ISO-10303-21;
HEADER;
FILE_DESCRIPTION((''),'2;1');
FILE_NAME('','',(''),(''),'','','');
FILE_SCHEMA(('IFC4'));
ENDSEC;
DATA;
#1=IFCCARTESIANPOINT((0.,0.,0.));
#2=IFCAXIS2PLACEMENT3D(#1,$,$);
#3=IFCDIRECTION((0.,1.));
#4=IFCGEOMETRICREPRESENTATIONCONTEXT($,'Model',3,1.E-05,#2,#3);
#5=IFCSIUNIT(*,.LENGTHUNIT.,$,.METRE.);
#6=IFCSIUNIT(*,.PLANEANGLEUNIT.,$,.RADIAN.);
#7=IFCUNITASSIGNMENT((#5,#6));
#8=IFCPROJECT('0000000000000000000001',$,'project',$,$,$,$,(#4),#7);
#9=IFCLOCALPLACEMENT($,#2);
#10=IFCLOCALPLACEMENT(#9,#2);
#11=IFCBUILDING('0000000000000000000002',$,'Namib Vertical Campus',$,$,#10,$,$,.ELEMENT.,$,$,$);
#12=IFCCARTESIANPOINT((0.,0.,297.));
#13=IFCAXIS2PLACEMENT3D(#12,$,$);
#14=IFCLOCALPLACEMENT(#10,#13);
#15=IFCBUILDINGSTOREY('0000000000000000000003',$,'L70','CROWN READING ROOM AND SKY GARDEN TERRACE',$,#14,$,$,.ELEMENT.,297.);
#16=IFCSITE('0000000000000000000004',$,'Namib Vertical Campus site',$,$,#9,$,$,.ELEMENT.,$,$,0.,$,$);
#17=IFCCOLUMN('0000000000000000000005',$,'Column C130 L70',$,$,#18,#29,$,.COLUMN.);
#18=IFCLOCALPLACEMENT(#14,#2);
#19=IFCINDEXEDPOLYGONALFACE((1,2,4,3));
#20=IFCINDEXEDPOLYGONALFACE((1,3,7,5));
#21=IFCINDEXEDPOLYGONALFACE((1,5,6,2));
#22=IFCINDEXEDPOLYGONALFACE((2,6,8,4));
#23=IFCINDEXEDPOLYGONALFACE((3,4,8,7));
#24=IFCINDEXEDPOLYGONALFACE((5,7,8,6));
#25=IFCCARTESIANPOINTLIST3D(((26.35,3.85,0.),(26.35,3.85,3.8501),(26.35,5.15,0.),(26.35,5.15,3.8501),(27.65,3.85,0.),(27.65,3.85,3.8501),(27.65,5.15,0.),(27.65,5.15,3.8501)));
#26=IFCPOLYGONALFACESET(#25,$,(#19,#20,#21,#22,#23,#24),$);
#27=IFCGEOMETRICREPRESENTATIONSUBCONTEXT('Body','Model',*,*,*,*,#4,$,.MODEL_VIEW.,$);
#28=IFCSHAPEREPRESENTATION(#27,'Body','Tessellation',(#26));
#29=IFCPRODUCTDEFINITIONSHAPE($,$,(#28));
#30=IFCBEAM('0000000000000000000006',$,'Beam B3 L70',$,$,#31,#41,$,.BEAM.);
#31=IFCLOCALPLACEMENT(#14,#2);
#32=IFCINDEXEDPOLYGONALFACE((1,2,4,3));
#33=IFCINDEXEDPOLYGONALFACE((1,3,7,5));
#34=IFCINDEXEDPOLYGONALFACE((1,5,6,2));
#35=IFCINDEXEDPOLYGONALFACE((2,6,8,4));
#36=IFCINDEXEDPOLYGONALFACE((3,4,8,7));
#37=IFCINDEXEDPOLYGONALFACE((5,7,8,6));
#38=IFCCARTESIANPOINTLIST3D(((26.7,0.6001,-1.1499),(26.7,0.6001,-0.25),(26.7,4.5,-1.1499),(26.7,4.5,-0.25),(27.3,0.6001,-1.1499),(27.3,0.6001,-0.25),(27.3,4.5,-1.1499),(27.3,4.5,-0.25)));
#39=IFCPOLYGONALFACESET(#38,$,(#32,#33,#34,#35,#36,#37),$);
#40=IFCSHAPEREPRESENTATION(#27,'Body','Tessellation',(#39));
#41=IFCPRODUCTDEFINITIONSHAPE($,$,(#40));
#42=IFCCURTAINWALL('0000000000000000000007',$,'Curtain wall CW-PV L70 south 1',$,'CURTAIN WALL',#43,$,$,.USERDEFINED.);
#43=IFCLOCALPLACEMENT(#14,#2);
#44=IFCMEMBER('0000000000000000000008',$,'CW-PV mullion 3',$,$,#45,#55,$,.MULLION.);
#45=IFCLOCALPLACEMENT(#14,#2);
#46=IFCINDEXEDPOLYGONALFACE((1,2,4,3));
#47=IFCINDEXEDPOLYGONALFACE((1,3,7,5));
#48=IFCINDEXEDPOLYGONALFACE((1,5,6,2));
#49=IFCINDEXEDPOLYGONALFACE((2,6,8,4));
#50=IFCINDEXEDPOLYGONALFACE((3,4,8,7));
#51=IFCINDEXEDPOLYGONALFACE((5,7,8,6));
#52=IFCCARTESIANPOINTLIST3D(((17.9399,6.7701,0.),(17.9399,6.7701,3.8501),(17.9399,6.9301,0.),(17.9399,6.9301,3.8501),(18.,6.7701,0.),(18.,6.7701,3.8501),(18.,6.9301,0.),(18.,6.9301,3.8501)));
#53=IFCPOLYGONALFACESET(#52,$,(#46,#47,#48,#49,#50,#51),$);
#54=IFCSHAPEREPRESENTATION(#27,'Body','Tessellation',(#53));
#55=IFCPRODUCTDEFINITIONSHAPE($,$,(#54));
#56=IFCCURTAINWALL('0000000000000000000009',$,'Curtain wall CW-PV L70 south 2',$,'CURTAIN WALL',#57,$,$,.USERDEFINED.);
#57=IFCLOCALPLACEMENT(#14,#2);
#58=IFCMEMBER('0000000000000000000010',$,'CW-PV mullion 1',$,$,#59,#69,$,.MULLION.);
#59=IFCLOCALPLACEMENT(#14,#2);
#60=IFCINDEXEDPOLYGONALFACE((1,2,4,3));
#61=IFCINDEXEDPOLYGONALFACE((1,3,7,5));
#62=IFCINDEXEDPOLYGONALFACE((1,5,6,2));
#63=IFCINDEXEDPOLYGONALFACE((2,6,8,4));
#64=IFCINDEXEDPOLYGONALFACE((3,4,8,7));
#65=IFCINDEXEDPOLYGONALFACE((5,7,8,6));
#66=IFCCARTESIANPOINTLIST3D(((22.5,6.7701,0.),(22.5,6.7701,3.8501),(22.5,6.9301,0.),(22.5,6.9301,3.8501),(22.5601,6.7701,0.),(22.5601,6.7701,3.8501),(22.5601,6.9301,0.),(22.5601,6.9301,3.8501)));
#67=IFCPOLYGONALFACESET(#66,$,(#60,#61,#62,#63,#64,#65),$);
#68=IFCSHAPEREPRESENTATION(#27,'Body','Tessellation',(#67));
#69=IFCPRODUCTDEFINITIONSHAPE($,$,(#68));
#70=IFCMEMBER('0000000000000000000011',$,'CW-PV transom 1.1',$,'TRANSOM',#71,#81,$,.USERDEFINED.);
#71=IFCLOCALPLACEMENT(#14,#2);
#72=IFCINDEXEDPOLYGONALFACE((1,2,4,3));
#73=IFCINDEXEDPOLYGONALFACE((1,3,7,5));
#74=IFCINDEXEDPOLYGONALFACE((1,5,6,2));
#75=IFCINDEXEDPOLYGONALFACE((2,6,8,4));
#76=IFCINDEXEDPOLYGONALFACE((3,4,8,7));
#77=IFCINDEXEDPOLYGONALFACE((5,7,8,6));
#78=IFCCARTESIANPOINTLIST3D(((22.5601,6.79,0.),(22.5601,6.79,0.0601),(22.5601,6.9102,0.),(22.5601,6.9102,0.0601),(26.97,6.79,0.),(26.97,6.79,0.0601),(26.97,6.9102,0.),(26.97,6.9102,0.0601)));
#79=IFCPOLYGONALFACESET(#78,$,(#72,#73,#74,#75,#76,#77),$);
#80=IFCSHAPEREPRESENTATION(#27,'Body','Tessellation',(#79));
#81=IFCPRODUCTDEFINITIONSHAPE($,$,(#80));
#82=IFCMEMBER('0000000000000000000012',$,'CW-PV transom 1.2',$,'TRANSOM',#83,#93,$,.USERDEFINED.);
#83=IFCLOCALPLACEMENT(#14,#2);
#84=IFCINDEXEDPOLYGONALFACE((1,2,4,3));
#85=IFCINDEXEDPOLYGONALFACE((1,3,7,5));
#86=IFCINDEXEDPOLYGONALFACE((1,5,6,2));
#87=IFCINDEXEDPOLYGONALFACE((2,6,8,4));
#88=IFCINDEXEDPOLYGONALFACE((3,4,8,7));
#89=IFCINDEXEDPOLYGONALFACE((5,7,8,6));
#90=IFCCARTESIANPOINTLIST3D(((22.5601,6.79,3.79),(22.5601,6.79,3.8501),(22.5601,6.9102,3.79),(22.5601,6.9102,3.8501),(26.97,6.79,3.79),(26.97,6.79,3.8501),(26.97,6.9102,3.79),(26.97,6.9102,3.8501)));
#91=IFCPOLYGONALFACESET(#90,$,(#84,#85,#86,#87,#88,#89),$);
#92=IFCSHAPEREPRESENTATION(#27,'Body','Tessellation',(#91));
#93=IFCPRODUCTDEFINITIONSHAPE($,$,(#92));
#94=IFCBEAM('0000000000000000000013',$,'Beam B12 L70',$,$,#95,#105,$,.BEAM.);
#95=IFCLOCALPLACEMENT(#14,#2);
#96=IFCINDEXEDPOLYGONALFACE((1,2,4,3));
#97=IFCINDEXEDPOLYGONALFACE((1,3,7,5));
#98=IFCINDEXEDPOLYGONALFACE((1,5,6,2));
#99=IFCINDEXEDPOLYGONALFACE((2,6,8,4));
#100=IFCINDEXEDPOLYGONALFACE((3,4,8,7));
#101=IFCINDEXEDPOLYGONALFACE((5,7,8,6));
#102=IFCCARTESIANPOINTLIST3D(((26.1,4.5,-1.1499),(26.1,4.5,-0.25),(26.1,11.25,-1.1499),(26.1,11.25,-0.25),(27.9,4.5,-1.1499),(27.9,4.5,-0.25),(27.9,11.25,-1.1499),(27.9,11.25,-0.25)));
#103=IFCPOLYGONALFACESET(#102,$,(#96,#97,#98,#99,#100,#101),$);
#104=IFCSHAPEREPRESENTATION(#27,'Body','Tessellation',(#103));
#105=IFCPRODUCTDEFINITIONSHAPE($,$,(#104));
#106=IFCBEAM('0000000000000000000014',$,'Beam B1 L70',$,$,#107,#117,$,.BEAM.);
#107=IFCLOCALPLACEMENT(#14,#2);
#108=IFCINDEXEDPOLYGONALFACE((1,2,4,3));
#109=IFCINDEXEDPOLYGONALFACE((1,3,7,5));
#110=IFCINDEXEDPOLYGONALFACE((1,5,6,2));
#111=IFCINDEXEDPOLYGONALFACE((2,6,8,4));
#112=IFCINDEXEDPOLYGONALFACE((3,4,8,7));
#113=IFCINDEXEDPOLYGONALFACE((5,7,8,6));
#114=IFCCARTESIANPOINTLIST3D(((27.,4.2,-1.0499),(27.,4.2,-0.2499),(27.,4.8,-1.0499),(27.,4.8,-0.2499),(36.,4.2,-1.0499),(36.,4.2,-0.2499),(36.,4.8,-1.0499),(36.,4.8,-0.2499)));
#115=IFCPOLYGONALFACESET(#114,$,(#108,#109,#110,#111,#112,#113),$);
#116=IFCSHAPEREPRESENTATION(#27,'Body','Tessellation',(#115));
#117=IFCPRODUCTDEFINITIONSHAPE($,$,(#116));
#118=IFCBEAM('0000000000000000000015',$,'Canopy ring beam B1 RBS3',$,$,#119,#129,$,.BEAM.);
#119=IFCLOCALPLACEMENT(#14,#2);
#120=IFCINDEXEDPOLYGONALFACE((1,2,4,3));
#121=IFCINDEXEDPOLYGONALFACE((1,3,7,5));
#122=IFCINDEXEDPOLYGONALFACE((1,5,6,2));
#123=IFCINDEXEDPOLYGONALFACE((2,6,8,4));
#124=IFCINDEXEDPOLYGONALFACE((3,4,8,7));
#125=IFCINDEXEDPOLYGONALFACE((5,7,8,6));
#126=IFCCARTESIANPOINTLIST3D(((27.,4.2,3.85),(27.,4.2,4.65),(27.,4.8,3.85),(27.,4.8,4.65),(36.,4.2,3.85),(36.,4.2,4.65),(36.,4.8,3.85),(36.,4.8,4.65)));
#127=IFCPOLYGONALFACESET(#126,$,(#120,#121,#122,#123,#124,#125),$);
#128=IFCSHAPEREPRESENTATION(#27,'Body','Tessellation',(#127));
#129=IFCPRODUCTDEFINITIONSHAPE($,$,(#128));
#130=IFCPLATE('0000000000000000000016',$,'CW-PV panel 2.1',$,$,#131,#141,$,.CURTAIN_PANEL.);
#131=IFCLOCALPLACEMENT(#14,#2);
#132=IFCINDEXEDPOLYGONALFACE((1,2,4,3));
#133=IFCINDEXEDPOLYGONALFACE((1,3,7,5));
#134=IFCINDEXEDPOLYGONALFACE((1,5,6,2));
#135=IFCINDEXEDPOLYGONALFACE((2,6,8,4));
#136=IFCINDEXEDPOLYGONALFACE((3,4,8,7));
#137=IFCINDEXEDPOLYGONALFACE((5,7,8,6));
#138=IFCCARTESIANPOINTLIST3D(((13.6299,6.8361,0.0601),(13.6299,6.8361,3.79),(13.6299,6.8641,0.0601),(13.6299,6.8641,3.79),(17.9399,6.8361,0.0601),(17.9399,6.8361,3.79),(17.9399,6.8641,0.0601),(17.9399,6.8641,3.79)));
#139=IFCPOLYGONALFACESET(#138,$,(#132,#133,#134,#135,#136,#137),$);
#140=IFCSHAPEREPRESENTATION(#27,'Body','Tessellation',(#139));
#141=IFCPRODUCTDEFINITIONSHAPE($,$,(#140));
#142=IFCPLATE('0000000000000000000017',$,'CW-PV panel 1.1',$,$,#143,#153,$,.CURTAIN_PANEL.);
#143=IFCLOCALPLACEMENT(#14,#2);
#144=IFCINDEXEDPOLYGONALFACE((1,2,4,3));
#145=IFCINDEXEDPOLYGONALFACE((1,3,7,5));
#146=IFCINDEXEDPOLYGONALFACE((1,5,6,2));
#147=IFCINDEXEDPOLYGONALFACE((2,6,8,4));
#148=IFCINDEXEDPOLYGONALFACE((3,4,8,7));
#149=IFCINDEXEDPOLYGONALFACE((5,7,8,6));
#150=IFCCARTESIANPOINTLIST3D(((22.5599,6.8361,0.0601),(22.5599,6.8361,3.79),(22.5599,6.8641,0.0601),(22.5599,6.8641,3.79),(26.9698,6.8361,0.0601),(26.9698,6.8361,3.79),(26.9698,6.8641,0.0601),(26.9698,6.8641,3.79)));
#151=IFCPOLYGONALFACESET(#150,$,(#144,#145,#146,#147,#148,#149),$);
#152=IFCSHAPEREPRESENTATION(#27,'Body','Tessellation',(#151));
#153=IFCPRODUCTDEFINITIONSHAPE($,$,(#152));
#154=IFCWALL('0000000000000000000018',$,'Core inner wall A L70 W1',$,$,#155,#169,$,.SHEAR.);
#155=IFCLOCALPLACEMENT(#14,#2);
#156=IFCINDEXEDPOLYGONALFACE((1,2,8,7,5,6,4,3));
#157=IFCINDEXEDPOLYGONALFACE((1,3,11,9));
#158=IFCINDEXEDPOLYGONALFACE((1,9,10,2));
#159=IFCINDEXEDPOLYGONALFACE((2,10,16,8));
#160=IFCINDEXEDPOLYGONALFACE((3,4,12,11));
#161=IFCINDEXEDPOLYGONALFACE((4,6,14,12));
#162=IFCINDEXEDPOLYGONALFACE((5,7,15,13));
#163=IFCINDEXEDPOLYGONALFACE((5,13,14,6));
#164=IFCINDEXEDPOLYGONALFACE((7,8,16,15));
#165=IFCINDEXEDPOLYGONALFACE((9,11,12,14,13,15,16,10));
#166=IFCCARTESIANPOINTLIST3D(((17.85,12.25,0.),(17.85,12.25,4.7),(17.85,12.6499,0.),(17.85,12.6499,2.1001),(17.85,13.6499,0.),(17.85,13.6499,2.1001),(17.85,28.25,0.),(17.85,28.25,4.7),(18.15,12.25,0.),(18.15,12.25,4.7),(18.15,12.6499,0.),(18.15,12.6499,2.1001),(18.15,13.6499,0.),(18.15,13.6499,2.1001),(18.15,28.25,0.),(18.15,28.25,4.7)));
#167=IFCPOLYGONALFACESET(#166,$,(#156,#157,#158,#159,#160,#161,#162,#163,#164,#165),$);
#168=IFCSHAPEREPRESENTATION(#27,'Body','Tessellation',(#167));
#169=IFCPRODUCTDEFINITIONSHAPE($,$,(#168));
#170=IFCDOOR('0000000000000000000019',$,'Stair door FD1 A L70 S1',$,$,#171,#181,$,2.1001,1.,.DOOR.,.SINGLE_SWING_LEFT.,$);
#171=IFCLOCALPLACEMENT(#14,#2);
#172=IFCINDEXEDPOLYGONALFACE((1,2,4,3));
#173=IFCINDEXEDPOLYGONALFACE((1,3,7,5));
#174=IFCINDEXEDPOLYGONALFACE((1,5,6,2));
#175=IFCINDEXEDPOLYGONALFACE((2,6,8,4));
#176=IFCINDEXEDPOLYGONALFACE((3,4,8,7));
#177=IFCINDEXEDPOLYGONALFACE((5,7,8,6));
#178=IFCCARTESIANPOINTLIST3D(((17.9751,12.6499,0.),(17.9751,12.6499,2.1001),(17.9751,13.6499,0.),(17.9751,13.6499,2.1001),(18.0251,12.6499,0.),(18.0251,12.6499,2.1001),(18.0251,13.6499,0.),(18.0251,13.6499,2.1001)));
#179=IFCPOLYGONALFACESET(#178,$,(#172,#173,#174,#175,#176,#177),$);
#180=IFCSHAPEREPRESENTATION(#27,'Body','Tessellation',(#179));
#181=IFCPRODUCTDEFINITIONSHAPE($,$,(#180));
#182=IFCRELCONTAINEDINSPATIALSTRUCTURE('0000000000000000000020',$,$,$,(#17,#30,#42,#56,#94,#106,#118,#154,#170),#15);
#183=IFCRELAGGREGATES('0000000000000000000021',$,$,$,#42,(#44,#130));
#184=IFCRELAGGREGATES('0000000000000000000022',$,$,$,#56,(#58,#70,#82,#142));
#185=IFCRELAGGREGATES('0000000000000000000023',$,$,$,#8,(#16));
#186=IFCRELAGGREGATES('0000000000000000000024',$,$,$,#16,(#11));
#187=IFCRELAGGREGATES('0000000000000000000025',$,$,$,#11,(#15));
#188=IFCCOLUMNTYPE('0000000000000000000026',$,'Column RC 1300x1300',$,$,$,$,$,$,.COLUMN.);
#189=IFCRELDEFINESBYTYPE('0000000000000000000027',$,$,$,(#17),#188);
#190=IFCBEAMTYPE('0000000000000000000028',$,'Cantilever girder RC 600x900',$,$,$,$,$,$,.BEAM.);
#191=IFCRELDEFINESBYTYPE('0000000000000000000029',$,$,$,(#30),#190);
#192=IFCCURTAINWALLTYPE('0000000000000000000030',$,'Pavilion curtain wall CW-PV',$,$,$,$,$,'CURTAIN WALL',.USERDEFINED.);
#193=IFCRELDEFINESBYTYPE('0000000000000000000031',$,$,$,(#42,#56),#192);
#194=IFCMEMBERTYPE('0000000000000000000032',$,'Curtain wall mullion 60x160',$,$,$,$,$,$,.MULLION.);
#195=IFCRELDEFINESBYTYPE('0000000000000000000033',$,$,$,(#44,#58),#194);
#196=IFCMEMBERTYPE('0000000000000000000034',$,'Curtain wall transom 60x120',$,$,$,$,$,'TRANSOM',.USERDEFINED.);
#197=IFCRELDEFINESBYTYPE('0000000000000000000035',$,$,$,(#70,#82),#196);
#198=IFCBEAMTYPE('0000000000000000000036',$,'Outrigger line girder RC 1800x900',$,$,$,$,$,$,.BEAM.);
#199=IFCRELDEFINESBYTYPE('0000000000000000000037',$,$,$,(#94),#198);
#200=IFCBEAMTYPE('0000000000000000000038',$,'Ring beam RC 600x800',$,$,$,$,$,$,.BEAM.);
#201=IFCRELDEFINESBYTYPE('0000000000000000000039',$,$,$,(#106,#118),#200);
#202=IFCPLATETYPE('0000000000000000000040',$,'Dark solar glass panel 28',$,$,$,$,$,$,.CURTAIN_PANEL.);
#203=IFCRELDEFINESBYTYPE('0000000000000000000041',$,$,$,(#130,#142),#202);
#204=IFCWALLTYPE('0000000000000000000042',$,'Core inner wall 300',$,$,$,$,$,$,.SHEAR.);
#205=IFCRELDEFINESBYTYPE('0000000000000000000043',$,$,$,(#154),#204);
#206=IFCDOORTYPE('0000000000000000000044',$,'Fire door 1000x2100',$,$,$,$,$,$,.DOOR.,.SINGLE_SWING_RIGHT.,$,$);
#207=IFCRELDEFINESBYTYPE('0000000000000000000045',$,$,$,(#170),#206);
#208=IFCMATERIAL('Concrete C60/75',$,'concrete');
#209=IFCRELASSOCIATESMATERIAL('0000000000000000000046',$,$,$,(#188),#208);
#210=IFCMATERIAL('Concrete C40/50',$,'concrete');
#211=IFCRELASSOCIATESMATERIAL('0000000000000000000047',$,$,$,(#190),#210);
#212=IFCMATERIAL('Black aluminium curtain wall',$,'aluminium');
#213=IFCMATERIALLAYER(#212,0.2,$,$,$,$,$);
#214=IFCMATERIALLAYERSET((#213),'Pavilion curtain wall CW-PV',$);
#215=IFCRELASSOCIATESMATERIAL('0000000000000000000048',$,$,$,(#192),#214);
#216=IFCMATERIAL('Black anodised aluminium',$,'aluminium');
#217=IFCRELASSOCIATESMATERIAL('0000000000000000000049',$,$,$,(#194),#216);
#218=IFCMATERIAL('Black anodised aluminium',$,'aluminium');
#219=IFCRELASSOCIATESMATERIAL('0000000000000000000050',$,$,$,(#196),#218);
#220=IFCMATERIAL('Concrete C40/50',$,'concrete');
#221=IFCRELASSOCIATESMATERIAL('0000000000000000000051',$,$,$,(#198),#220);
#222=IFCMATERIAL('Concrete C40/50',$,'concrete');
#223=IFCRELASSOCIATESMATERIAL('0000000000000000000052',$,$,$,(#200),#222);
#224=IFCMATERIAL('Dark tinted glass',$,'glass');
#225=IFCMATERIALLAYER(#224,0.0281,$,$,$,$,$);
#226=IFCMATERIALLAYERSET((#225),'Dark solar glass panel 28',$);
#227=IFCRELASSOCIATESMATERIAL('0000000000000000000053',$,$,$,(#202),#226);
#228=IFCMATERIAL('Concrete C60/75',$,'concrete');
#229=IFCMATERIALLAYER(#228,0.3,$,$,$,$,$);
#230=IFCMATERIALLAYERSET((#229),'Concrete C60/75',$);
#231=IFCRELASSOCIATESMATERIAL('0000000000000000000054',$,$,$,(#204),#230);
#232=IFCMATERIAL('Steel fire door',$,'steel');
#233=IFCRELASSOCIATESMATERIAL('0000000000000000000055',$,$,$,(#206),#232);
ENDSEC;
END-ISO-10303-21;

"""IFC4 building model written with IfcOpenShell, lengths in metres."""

from ifc_helpers import new_model, si_unit, direction, frame, frame_2d, origin, origin_2d, place, context, subcontext, project, spatial, rectangle, extrude, material, layer, layer_set, material_profile, profile_set, type_object, element, fill, aggregate, save


model = new_model("IFC4")

# Units and contexts
model_context = context("Model", 3, precision=1e-05, world=origin(), true_north=direction((0.0, 1.0)))
body_context = subcontext(model_context, "Body", "Model", "MODEL_VIEW")
ifc_project = project(units=[si_unit("LENGTHUNIT", "METRE"), si_unit("PLANEANGLEUNIT", "RADIAN")], contexts=[model_context])

# Site, building, storey
site_placement = place(None, origin())
site = spatial("IfcSite", under=ifc_project, at=site_placement, Name="Namib Vertical Campus site", CompositionType="ELEMENT", RefElevation=0.0)
building_placement = place(site_placement, origin())
building = spatial("IfcBuilding", under=site, at=building_placement, Name="Namib Vertical Campus", CompositionType="ELEMENT")
storey_placement = place(building_placement, frame((0.0, 0.0, 297.0)))
storey = spatial("IfcBuildingStorey", under=building, at=storey_placement, Name="L70", Description="CROWN READING ROOM AND SKY GARDEN TERRACE", CompositionType="ELEMENT", Elevation=297.0)

# Column
ifc_material_1 = material(Name="Concrete C60/75", Category="concrete")
ifc_material_profile_1 = material_profile(ifc_material_1, rectangle(XDim=1.3, YDim=1.3, at=origin_2d()))
ifc_profile_set_1 = profile_set([ifc_material_profile_1], Name="Concrete C60/75")
column_type = type_object("IfcColumnType", Name="Column RC 1300x1300", PredefinedType="COLUMN", material=ifc_profile_set_1)
column_placement = place(storey_placement, frame((27.0, 4.5, 0.0), z_axis=(0.0, 0.0, 1.0), x_axis=(1.0, 0.0, 0.0)))
element("IfcColumn", 1, at=column_placement, inside=storey, type_object=column_type, Name="Column C130 L70", PredefinedType="COLUMN", context=body_context, shape_type="SweptSolid", body=[
    extrude(rectangle(XDim=1.3, YDim=1.3, at=origin_2d()), origin(), (0.0, 0.0, 1.0), 3.8501),
])

# Beam
ifc_material_2 = material(Name="Concrete C40/50", Category="concrete")
ifc_material_profile_2 = material_profile(ifc_material_2, rectangle(XDim=0.6001, YDim=0.8999, at=origin_2d()))
ifc_profile_set_2 = profile_set([ifc_material_profile_2], Name="Concrete C40/50")
beam_type_1 = type_object("IfcBeamType", Name="Cantilever girder RC 600x900", PredefinedType="BEAM", material=ifc_profile_set_2)
beam_1_placement = place(storey_placement, frame((27.0, 4.5, -0.7), z_axis=(0.0, -1.0, 0.0), x_axis=(1.0, 0.0, 0.0)))
element("IfcBeam", 2, at=beam_1_placement, inside=storey, type_object=beam_type_1, Name="Beam B3 L70", PredefinedType="BEAM", context=body_context, shape_type="SweptSolid", body=[
    extrude(rectangle(XDim=0.6001, YDim=0.8999, at=origin_2d()), origin(), (0.0, 0.0, 1.0), 3.8999),
])

# Curtain wall, member
ifc_material_3 = material(Name="Black aluminium curtain wall", Category="aluminium")
ifc_layer_1 = layer(ifc_material_3, 0.2)
ifc_layer_set_1 = layer_set([ifc_layer_1], Name="Pavilion curtain wall CW-PV")
curtain_wall_type = type_object("IfcCurtainWallType", Name="Pavilion curtain wall CW-PV", ElementType="CURTAIN WALL", PredefinedType="USERDEFINED", material=ifc_layer_set_1)
curtain_wall_1_placement = place(storey_placement, origin())
curtain_wall_1 = element("IfcCurtainWall", 3, at=curtain_wall_1_placement, inside=storey, type_object=curtain_wall_type, Name="Curtain wall CW-PV L70 south 1", ObjectType="CURTAIN WALL", PredefinedType="USERDEFINED")
ifc_material_4 = material(Name="Black anodised aluminium", Category="aluminium")
ifc_material_profile_3 = material_profile(ifc_material_4, rectangle(XDim=0.0601, YDim=0.1599, at=origin_2d()))
ifc_profile_set_3 = profile_set([ifc_material_profile_3], Name="Black anodised aluminium")
member_type_1 = type_object("IfcMemberType", Name="Curtain wall mullion 60x160", PredefinedType="MULLION", material=ifc_profile_set_3)
member_1_placement = place(storey_placement, frame((17.97, 6.8501, 0.0), z_axis=(0.0, 0.0, 1.0), x_axis=(1.0, 0.0, 0.0)))
member_1 = element("IfcMember", 4, at=member_1_placement, type_object=member_type_1, Name="CW-PV mullion 3", PredefinedType="MULLION", context=body_context, shape_type="SweptSolid", body=[
    extrude(rectangle(XDim=0.0601, YDim=0.1599, at=origin_2d()), origin(), (0.0, 0.0, 1.0), 3.8501),
])

# Curtain wall, members
curtain_wall_2_placement = place(storey_placement, origin())
curtain_wall_2 = element("IfcCurtainWall", 5, at=curtain_wall_2_placement, inside=storey, type_object=curtain_wall_type, Name="Curtain wall CW-PV L70 south 2", ObjectType="CURTAIN WALL", PredefinedType="USERDEFINED")
member_2_placement = place(storey_placement, frame((22.53, 6.8501, 0.0), z_axis=(0.0, 0.0, 1.0), x_axis=(1.0, 0.0, 0.0)))
member_2 = element("IfcMember", 6, at=member_2_placement, type_object=member_type_1, Name="CW-PV mullion 1", PredefinedType="MULLION", context=body_context, shape_type="SweptSolid", body=[
    extrude(rectangle(XDim=0.0601, YDim=0.1599, at=origin_2d()), origin(), (0.0, 0.0, 1.0), 3.8501),
])
ifc_material_5 = material(Name="Black anodised aluminium", Category="aluminium")
ifc_material_profile_4 = material_profile(ifc_material_5, rectangle(XDim=0.0601, YDim=0.1201, at=origin_2d()))
ifc_profile_set_4 = profile_set([ifc_material_profile_4], Name="Black anodised aluminium")
member_type_2 = type_object("IfcMemberType", Name="Curtain wall transom 60x120", ElementType="TRANSOM", PredefinedType="USERDEFINED", material=ifc_profile_set_4)
member_3_placement = place(storey_placement, frame((22.5601, 6.8501, 0.03), z_axis=(1.0, 0.0, 0.0), x_axis=(0.0, 0.0, 1.0)))
member_3 = element("IfcMember", 7, at=member_3_placement, type_object=member_type_2, Name="CW-PV transom 1.1", ObjectType="TRANSOM", PredefinedType="USERDEFINED", context=body_context, shape_type="SweptSolid", body=[
    extrude(rectangle(XDim=0.0601, YDim=0.1201, at=origin_2d()), origin(), (0.0, 0.0, 1.0), 4.4099),
])
member_4_placement = place(storey_placement, frame((22.5601, 6.8501, 3.8201), z_axis=(1.0, 0.0, 0.0), x_axis=(0.0, 0.0, 1.0)))
member_4 = element("IfcMember", 8, at=member_4_placement, type_object=member_type_2, Name="CW-PV transom 1.2", ObjectType="TRANSOM", PredefinedType="USERDEFINED", context=body_context, shape_type="SweptSolid", body=[
    extrude(rectangle(XDim=0.0601, YDim=0.1201, at=origin_2d()), origin(), (0.0, 0.0, 1.0), 4.4099),
])

# Beams
ifc_material_6 = material(Name="Concrete C40/50", Category="concrete")
ifc_material_profile_5 = material_profile(ifc_material_6, rectangle(XDim=1.8, YDim=0.8999, at=origin_2d()))
ifc_profile_set_5 = profile_set([ifc_material_profile_5], Name="Concrete C40/50")
beam_type_2 = type_object("IfcBeamType", Name="Outrigger line girder RC 1800x900", PredefinedType="BEAM", material=ifc_profile_set_5)
beam_2_placement = place(storey_placement, frame((27.0, 4.5, -0.7), z_axis=(0.0, 1.0, 0.0), x_axis=(-1.0, 0.0, 0.0)))
element("IfcBeam", 9, at=beam_2_placement, inside=storey, type_object=beam_type_2, Name="Beam B12 L70", PredefinedType="BEAM", context=body_context, shape_type="SweptSolid", body=[
    extrude(rectangle(XDim=1.8, YDim=0.8999, at=origin_2d()), origin(), (0.0, 0.0, 1.0), 6.75),
])
ifc_material_7 = material(Name="Concrete C40/50", Category="concrete")
ifc_material_profile_6 = material_profile(ifc_material_7, rectangle(XDim=0.6001, YDim=0.8, at=origin_2d()))
ifc_profile_set_6 = profile_set([ifc_material_profile_6], Name="Concrete C40/50")
beam_type_3 = type_object("IfcBeamType", Name="Ring beam RC 600x800", PredefinedType="BEAM", material=ifc_profile_set_6)
for number, where, z_axis, x_axis, name in (
    (10, (27.0, 4.5, -0.6499), (1.0, 0.0, 0.0), (0.0, 1.0, 0.0), "Beam B1 L70"),
    (11, (27.0, 4.5, 4.25), (1.0, 0.0, 0.0), (0.0, 1.0, 0.0), "Canopy ring beam B1 RBS3"),
):
    element("IfcBeam", number, at=place(storey_placement, frame(where, z_axis=z_axis, x_axis=x_axis)), inside=storey, type_object=beam_type_3, Name=name, PredefinedType="BEAM", context=body_context, shape_type="SweptSolid", body=[
        extrude(rectangle(XDim=0.6001, YDim=0.8, at=origin_2d()), origin(), (0.0, 0.0, 1.0), 9.0),
    ])

# Plates
ifc_material_8 = material(Name="Dark tinted glass", Category="glass")
ifc_layer_2 = layer(ifc_material_8, 0.0281)
ifc_layer_set_2 = layer_set([ifc_layer_2], Name="Dark solar glass panel 28")
plate_type = type_object("IfcPlateType", Name="Dark solar glass panel 28", PredefinedType="CURTAIN_PANEL", material=ifc_layer_set_2)
plate_1_placement = place(storey_placement, frame((15.7849, 6.8501, 0.0601), z_axis=(0.0, 0.0, 1.0), x_axis=(1.0, 0.0, 0.0)))
plate_1 = element("IfcPlate", 12, at=plate_1_placement, type_object=plate_type, Name="CW-PV panel 2.1", PredefinedType="CURTAIN_PANEL", context=body_context, shape_type="SweptSolid", body=[
    extrude(rectangle(XDim=4.3101, YDim=0.0281, at=origin_2d()), origin(), (0.0, 0.0, 1.0), 3.73),
])
aggregate(curtain_wall_1, [member_1, plate_1])
plate_2_placement = place(storey_placement, frame((24.7649, 6.8501, 0.0601), z_axis=(0.0, 0.0, 1.0), x_axis=(1.0, 0.0, 0.0)))
plate_2 = element("IfcPlate", 13, at=plate_2_placement, type_object=plate_type, Name="CW-PV panel 1.1", PredefinedType="CURTAIN_PANEL", context=body_context, shape_type="SweptSolid", body=[
    extrude(rectangle(XDim=4.4099, YDim=0.0281, at=origin_2d()), origin(), (0.0, 0.0, 1.0), 3.73),
])
aggregate(curtain_wall_2, [member_2, member_3, member_4, plate_2])

# Wall, opening, door
ifc_material_9 = material(Name="Concrete C60/75", Category="concrete")
ifc_layer_3 = layer(ifc_material_9, 0.3)
ifc_layer_set_3 = layer_set([ifc_layer_3], Name="Concrete C60/75")
wall_type_1 = type_object("IfcWallType", Name="Core inner wall 300", PredefinedType="SHEAR", material=ifc_layer_set_3)
wall_1_placement = place(storey_placement, frame((18.0, 12.25, 0.0), z_axis=(0.0, 0.0, 1.0), x_axis=(0.0, 1.0, 0.0)))
wall_1 = element("IfcWall", 14, at=wall_1_placement, inside=storey, type_object=wall_type_1, Name="Core inner wall A L70 W1", PredefinedType="SHEAR", context=body_context, shape_type="SweptSolid", body=[
    extrude(rectangle(XDim=16.0, YDim=0.3, at=frame_2d((8.0, 0.0))), origin(), (0.0, 0.0, 1.0), 4.7),
])
opening_1_placement = place(wall_1_placement, frame((0.3999, 0.0, 0.0)))
opening_1 = element("IfcOpeningElement", 15, at=opening_1_placement, cuts=wall_1, PredefinedType="OPENING", context=body_context, shape_type="SweptSolid", body=[
    extrude(rectangle(XDim=1.0, YDim=2.1001, at=frame_2d((0.5, 1.05))), frame((0.0, 0.1599, 0.0), z_axis=(0.0, -1.0, 0.0), x_axis=(1.0, 0.0, 0.0)), (0.0, 0.0, 1.0), 0.3201),
])
ifc_material_10 = material(Name="Steel fire door", Category="steel")
door_type_1 = type_object("IfcDoorType", Name="Fire door 1000x2100", OperationType="SINGLE_SWING_RIGHT", PredefinedType="DOOR", material=ifc_material_10)
door_1_placement = place(opening_1_placement, origin())
door_1 = element("IfcDoor", 16, at=door_1_placement, inside=storey, type_object=door_type_1, Name="Stair door FD1 A L70 S1", OperationType="SINGLE_SWING_LEFT", OverallHeight=2.1001, OverallWidth=1.0, PredefinedType="DOOR", context=body_context, shape_type="SweptSolid", body=[
    extrude(rectangle(XDim=1.0, YDim=2.1001, at=frame_2d((0.5, 1.05))), frame((0.0, 0.0249, 0.0), z_axis=(0.0, -1.0, 0.0), x_axis=(1.0, 0.0, 0.0)), (0.0, 0.0, 1.0), 0.05),
])
fill(opening_1, door_1)

save(model, "model.ifc")
